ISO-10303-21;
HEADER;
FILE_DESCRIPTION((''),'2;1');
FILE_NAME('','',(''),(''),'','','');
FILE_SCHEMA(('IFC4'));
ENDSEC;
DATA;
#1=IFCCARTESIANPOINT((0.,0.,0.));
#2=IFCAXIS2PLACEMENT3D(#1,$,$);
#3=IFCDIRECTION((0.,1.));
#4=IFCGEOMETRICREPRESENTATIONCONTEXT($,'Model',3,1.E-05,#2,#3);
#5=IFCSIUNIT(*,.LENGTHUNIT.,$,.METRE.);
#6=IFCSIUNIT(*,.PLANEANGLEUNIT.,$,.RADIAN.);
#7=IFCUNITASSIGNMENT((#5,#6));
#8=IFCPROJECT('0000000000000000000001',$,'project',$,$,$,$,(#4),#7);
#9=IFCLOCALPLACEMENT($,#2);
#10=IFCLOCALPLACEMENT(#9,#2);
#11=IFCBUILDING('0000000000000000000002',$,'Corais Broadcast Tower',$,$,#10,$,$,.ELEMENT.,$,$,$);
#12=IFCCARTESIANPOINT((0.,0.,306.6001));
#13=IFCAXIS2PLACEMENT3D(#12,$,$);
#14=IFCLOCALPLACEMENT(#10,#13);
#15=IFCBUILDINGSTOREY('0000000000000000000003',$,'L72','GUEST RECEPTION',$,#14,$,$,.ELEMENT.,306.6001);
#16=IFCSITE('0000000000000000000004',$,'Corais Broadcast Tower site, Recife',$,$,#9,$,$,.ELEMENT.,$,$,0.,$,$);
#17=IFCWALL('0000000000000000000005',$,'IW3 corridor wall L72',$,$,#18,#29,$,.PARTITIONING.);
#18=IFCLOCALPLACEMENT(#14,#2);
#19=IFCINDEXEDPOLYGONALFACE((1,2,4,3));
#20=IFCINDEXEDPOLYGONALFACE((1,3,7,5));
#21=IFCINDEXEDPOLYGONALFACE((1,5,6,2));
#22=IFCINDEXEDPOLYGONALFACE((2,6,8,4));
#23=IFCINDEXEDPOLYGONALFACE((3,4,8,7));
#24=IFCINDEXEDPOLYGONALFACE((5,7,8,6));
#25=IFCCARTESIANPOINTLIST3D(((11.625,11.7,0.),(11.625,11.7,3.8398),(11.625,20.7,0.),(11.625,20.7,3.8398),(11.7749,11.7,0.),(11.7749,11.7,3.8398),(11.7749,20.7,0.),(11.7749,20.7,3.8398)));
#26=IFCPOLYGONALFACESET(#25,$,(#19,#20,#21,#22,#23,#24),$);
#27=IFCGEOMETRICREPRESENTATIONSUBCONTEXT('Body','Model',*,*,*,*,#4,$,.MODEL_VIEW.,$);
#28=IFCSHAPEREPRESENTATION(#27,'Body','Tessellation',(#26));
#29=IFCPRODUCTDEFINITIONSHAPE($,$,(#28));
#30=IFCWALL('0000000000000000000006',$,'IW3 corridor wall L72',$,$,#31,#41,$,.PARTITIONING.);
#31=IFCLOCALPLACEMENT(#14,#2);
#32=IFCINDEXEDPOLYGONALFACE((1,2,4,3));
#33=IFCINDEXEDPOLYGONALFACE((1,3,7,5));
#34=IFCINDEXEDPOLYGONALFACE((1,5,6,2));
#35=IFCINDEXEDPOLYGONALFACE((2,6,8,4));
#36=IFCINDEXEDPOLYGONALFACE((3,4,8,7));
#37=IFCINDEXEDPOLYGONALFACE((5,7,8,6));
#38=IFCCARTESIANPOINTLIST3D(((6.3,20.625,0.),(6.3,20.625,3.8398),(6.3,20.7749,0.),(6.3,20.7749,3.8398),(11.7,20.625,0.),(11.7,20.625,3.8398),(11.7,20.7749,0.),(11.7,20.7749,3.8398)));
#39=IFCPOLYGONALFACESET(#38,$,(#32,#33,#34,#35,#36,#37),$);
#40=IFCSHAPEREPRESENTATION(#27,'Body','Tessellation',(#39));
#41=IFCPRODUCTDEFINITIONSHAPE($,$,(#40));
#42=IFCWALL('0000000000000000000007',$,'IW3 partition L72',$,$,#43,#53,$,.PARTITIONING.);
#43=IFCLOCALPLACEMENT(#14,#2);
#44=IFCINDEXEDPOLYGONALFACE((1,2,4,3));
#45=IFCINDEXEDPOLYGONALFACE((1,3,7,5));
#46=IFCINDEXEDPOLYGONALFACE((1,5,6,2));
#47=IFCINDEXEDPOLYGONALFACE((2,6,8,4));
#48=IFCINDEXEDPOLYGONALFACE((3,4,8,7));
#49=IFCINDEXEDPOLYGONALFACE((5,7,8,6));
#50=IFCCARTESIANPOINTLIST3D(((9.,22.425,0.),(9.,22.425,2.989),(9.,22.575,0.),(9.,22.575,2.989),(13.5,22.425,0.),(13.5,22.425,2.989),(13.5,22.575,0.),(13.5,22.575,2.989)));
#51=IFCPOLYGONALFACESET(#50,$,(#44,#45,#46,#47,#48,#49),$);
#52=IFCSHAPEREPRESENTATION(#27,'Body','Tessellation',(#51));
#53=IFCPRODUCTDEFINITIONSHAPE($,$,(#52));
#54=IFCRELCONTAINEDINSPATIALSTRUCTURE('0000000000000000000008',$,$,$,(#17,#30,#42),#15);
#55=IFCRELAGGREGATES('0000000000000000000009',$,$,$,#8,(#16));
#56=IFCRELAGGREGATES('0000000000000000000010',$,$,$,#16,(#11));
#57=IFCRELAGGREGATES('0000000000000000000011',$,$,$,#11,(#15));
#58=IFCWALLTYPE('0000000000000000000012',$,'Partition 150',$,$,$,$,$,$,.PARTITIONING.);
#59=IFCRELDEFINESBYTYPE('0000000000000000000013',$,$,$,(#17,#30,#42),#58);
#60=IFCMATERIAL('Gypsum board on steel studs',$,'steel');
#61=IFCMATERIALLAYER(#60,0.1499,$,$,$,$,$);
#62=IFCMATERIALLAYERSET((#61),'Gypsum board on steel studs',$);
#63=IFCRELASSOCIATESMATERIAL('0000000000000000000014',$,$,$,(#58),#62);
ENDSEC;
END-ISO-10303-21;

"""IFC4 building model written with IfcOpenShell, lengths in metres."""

from ifc_helpers import new_model, si_unit, direction, frame, frame_2d, origin, place, context, subcontext, project, spatial, rectangle, extrude, material, layer, layer_set, type_object, element, save


model = new_model("IFC4")

# Units and contexts
model_context = context("Model", 3, precision=1e-05, world=origin(), true_north=direction((0.0, 1.0)))
body_context = subcontext(model_context, "Body", "Model", "MODEL_VIEW")
ifc_project = project(units=[si_unit("LENGTHUNIT", "METRE"), si_unit("PLANEANGLEUNIT", "RADIAN")], contexts=[model_context])

# Site, building, storey
site_placement = place(None, origin())
site = spatial("IfcSite", under=ifc_project, at=site_placement, Name="Corais Broadcast Tower site, Recife", CompositionType="ELEMENT", RefElevation=0.0)
building_placement = place(site_placement, origin())
building = spatial("IfcBuilding", under=site, at=building_placement, Name="Corais Broadcast Tower", CompositionType="ELEMENT")
storey_placement = place(building_placement, frame((0.0, 0.0, 306.6001)))
storey = spatial("IfcBuildingStorey", under=building, at=storey_placement, Name="L72", Description="GUEST RECEPTION", CompositionType="ELEMENT", Elevation=306.6001)

# Shared definitions
ifc_material_1 = material(Name="Gypsum board on steel studs", Category="steel")
ifc_layer_1 = layer(ifc_material_1, 0.1499)
ifc_layer_set_1 = layer_set([ifc_layer_1], Name="Gypsum board on steel studs")
wall_type = type_object("IfcWallType", Name="Partition 150", PredefinedType="PARTITIONING", material=ifc_layer_set_1)

# Walls
wall_1_placement = place(storey_placement, frame((11.7, 20.7, 0.0), z_axis=(0.0, 0.0, 1.0), x_axis=(0.0, -1.0, 0.0)))
element("IfcWall", 1, at=wall_1_placement, inside=storey, type_object=wall_type, Name="IW3 corridor wall L72", PredefinedType="PARTITIONING", context=body_context, shape_type="SweptSolid", body=[
    extrude(rectangle(XDim=9.0, YDim=0.1499, at=frame_2d((4.5, 0.0))), origin(), (0.0, 0.0, 1.0), 3.8398),
])
wall_2_placement = place(storey_placement, frame((6.3, 20.7, 0.0), z_axis=(0.0, 0.0, 1.0), x_axis=(1.0, 0.0, 0.0)))
element("IfcWall", 2, at=wall_2_placement, inside=storey, type_object=wall_type, Name="IW3 corridor wall L72", PredefinedType="PARTITIONING", context=body_context, shape_type="SweptSolid", body=[
    extrude(rectangle(XDim=5.3999, YDim=0.1499, at=frame_2d((2.7, 0.0))), origin(), (0.0, 0.0, 1.0), 3.8398),
])
wall_3_placement = place(storey_placement, frame((9.0, 22.5, 0.0), z_axis=(0.0, 0.0, 1.0), x_axis=(1.0, 0.0, 0.0)))
element("IfcWall", 3, at=wall_3_placement, inside=storey, type_object=wall_type, Name="IW3 partition L72", PredefinedType="PARTITIONING", context=body_context, shape_type="SweptSolid", body=[
    extrude(rectangle(XDim=4.5, YDim=0.1499, at=frame_2d((2.25, 0.0))), origin(), (0.0, 0.0, 1.0), 2.989),
])

save(model, "model.ifc")
